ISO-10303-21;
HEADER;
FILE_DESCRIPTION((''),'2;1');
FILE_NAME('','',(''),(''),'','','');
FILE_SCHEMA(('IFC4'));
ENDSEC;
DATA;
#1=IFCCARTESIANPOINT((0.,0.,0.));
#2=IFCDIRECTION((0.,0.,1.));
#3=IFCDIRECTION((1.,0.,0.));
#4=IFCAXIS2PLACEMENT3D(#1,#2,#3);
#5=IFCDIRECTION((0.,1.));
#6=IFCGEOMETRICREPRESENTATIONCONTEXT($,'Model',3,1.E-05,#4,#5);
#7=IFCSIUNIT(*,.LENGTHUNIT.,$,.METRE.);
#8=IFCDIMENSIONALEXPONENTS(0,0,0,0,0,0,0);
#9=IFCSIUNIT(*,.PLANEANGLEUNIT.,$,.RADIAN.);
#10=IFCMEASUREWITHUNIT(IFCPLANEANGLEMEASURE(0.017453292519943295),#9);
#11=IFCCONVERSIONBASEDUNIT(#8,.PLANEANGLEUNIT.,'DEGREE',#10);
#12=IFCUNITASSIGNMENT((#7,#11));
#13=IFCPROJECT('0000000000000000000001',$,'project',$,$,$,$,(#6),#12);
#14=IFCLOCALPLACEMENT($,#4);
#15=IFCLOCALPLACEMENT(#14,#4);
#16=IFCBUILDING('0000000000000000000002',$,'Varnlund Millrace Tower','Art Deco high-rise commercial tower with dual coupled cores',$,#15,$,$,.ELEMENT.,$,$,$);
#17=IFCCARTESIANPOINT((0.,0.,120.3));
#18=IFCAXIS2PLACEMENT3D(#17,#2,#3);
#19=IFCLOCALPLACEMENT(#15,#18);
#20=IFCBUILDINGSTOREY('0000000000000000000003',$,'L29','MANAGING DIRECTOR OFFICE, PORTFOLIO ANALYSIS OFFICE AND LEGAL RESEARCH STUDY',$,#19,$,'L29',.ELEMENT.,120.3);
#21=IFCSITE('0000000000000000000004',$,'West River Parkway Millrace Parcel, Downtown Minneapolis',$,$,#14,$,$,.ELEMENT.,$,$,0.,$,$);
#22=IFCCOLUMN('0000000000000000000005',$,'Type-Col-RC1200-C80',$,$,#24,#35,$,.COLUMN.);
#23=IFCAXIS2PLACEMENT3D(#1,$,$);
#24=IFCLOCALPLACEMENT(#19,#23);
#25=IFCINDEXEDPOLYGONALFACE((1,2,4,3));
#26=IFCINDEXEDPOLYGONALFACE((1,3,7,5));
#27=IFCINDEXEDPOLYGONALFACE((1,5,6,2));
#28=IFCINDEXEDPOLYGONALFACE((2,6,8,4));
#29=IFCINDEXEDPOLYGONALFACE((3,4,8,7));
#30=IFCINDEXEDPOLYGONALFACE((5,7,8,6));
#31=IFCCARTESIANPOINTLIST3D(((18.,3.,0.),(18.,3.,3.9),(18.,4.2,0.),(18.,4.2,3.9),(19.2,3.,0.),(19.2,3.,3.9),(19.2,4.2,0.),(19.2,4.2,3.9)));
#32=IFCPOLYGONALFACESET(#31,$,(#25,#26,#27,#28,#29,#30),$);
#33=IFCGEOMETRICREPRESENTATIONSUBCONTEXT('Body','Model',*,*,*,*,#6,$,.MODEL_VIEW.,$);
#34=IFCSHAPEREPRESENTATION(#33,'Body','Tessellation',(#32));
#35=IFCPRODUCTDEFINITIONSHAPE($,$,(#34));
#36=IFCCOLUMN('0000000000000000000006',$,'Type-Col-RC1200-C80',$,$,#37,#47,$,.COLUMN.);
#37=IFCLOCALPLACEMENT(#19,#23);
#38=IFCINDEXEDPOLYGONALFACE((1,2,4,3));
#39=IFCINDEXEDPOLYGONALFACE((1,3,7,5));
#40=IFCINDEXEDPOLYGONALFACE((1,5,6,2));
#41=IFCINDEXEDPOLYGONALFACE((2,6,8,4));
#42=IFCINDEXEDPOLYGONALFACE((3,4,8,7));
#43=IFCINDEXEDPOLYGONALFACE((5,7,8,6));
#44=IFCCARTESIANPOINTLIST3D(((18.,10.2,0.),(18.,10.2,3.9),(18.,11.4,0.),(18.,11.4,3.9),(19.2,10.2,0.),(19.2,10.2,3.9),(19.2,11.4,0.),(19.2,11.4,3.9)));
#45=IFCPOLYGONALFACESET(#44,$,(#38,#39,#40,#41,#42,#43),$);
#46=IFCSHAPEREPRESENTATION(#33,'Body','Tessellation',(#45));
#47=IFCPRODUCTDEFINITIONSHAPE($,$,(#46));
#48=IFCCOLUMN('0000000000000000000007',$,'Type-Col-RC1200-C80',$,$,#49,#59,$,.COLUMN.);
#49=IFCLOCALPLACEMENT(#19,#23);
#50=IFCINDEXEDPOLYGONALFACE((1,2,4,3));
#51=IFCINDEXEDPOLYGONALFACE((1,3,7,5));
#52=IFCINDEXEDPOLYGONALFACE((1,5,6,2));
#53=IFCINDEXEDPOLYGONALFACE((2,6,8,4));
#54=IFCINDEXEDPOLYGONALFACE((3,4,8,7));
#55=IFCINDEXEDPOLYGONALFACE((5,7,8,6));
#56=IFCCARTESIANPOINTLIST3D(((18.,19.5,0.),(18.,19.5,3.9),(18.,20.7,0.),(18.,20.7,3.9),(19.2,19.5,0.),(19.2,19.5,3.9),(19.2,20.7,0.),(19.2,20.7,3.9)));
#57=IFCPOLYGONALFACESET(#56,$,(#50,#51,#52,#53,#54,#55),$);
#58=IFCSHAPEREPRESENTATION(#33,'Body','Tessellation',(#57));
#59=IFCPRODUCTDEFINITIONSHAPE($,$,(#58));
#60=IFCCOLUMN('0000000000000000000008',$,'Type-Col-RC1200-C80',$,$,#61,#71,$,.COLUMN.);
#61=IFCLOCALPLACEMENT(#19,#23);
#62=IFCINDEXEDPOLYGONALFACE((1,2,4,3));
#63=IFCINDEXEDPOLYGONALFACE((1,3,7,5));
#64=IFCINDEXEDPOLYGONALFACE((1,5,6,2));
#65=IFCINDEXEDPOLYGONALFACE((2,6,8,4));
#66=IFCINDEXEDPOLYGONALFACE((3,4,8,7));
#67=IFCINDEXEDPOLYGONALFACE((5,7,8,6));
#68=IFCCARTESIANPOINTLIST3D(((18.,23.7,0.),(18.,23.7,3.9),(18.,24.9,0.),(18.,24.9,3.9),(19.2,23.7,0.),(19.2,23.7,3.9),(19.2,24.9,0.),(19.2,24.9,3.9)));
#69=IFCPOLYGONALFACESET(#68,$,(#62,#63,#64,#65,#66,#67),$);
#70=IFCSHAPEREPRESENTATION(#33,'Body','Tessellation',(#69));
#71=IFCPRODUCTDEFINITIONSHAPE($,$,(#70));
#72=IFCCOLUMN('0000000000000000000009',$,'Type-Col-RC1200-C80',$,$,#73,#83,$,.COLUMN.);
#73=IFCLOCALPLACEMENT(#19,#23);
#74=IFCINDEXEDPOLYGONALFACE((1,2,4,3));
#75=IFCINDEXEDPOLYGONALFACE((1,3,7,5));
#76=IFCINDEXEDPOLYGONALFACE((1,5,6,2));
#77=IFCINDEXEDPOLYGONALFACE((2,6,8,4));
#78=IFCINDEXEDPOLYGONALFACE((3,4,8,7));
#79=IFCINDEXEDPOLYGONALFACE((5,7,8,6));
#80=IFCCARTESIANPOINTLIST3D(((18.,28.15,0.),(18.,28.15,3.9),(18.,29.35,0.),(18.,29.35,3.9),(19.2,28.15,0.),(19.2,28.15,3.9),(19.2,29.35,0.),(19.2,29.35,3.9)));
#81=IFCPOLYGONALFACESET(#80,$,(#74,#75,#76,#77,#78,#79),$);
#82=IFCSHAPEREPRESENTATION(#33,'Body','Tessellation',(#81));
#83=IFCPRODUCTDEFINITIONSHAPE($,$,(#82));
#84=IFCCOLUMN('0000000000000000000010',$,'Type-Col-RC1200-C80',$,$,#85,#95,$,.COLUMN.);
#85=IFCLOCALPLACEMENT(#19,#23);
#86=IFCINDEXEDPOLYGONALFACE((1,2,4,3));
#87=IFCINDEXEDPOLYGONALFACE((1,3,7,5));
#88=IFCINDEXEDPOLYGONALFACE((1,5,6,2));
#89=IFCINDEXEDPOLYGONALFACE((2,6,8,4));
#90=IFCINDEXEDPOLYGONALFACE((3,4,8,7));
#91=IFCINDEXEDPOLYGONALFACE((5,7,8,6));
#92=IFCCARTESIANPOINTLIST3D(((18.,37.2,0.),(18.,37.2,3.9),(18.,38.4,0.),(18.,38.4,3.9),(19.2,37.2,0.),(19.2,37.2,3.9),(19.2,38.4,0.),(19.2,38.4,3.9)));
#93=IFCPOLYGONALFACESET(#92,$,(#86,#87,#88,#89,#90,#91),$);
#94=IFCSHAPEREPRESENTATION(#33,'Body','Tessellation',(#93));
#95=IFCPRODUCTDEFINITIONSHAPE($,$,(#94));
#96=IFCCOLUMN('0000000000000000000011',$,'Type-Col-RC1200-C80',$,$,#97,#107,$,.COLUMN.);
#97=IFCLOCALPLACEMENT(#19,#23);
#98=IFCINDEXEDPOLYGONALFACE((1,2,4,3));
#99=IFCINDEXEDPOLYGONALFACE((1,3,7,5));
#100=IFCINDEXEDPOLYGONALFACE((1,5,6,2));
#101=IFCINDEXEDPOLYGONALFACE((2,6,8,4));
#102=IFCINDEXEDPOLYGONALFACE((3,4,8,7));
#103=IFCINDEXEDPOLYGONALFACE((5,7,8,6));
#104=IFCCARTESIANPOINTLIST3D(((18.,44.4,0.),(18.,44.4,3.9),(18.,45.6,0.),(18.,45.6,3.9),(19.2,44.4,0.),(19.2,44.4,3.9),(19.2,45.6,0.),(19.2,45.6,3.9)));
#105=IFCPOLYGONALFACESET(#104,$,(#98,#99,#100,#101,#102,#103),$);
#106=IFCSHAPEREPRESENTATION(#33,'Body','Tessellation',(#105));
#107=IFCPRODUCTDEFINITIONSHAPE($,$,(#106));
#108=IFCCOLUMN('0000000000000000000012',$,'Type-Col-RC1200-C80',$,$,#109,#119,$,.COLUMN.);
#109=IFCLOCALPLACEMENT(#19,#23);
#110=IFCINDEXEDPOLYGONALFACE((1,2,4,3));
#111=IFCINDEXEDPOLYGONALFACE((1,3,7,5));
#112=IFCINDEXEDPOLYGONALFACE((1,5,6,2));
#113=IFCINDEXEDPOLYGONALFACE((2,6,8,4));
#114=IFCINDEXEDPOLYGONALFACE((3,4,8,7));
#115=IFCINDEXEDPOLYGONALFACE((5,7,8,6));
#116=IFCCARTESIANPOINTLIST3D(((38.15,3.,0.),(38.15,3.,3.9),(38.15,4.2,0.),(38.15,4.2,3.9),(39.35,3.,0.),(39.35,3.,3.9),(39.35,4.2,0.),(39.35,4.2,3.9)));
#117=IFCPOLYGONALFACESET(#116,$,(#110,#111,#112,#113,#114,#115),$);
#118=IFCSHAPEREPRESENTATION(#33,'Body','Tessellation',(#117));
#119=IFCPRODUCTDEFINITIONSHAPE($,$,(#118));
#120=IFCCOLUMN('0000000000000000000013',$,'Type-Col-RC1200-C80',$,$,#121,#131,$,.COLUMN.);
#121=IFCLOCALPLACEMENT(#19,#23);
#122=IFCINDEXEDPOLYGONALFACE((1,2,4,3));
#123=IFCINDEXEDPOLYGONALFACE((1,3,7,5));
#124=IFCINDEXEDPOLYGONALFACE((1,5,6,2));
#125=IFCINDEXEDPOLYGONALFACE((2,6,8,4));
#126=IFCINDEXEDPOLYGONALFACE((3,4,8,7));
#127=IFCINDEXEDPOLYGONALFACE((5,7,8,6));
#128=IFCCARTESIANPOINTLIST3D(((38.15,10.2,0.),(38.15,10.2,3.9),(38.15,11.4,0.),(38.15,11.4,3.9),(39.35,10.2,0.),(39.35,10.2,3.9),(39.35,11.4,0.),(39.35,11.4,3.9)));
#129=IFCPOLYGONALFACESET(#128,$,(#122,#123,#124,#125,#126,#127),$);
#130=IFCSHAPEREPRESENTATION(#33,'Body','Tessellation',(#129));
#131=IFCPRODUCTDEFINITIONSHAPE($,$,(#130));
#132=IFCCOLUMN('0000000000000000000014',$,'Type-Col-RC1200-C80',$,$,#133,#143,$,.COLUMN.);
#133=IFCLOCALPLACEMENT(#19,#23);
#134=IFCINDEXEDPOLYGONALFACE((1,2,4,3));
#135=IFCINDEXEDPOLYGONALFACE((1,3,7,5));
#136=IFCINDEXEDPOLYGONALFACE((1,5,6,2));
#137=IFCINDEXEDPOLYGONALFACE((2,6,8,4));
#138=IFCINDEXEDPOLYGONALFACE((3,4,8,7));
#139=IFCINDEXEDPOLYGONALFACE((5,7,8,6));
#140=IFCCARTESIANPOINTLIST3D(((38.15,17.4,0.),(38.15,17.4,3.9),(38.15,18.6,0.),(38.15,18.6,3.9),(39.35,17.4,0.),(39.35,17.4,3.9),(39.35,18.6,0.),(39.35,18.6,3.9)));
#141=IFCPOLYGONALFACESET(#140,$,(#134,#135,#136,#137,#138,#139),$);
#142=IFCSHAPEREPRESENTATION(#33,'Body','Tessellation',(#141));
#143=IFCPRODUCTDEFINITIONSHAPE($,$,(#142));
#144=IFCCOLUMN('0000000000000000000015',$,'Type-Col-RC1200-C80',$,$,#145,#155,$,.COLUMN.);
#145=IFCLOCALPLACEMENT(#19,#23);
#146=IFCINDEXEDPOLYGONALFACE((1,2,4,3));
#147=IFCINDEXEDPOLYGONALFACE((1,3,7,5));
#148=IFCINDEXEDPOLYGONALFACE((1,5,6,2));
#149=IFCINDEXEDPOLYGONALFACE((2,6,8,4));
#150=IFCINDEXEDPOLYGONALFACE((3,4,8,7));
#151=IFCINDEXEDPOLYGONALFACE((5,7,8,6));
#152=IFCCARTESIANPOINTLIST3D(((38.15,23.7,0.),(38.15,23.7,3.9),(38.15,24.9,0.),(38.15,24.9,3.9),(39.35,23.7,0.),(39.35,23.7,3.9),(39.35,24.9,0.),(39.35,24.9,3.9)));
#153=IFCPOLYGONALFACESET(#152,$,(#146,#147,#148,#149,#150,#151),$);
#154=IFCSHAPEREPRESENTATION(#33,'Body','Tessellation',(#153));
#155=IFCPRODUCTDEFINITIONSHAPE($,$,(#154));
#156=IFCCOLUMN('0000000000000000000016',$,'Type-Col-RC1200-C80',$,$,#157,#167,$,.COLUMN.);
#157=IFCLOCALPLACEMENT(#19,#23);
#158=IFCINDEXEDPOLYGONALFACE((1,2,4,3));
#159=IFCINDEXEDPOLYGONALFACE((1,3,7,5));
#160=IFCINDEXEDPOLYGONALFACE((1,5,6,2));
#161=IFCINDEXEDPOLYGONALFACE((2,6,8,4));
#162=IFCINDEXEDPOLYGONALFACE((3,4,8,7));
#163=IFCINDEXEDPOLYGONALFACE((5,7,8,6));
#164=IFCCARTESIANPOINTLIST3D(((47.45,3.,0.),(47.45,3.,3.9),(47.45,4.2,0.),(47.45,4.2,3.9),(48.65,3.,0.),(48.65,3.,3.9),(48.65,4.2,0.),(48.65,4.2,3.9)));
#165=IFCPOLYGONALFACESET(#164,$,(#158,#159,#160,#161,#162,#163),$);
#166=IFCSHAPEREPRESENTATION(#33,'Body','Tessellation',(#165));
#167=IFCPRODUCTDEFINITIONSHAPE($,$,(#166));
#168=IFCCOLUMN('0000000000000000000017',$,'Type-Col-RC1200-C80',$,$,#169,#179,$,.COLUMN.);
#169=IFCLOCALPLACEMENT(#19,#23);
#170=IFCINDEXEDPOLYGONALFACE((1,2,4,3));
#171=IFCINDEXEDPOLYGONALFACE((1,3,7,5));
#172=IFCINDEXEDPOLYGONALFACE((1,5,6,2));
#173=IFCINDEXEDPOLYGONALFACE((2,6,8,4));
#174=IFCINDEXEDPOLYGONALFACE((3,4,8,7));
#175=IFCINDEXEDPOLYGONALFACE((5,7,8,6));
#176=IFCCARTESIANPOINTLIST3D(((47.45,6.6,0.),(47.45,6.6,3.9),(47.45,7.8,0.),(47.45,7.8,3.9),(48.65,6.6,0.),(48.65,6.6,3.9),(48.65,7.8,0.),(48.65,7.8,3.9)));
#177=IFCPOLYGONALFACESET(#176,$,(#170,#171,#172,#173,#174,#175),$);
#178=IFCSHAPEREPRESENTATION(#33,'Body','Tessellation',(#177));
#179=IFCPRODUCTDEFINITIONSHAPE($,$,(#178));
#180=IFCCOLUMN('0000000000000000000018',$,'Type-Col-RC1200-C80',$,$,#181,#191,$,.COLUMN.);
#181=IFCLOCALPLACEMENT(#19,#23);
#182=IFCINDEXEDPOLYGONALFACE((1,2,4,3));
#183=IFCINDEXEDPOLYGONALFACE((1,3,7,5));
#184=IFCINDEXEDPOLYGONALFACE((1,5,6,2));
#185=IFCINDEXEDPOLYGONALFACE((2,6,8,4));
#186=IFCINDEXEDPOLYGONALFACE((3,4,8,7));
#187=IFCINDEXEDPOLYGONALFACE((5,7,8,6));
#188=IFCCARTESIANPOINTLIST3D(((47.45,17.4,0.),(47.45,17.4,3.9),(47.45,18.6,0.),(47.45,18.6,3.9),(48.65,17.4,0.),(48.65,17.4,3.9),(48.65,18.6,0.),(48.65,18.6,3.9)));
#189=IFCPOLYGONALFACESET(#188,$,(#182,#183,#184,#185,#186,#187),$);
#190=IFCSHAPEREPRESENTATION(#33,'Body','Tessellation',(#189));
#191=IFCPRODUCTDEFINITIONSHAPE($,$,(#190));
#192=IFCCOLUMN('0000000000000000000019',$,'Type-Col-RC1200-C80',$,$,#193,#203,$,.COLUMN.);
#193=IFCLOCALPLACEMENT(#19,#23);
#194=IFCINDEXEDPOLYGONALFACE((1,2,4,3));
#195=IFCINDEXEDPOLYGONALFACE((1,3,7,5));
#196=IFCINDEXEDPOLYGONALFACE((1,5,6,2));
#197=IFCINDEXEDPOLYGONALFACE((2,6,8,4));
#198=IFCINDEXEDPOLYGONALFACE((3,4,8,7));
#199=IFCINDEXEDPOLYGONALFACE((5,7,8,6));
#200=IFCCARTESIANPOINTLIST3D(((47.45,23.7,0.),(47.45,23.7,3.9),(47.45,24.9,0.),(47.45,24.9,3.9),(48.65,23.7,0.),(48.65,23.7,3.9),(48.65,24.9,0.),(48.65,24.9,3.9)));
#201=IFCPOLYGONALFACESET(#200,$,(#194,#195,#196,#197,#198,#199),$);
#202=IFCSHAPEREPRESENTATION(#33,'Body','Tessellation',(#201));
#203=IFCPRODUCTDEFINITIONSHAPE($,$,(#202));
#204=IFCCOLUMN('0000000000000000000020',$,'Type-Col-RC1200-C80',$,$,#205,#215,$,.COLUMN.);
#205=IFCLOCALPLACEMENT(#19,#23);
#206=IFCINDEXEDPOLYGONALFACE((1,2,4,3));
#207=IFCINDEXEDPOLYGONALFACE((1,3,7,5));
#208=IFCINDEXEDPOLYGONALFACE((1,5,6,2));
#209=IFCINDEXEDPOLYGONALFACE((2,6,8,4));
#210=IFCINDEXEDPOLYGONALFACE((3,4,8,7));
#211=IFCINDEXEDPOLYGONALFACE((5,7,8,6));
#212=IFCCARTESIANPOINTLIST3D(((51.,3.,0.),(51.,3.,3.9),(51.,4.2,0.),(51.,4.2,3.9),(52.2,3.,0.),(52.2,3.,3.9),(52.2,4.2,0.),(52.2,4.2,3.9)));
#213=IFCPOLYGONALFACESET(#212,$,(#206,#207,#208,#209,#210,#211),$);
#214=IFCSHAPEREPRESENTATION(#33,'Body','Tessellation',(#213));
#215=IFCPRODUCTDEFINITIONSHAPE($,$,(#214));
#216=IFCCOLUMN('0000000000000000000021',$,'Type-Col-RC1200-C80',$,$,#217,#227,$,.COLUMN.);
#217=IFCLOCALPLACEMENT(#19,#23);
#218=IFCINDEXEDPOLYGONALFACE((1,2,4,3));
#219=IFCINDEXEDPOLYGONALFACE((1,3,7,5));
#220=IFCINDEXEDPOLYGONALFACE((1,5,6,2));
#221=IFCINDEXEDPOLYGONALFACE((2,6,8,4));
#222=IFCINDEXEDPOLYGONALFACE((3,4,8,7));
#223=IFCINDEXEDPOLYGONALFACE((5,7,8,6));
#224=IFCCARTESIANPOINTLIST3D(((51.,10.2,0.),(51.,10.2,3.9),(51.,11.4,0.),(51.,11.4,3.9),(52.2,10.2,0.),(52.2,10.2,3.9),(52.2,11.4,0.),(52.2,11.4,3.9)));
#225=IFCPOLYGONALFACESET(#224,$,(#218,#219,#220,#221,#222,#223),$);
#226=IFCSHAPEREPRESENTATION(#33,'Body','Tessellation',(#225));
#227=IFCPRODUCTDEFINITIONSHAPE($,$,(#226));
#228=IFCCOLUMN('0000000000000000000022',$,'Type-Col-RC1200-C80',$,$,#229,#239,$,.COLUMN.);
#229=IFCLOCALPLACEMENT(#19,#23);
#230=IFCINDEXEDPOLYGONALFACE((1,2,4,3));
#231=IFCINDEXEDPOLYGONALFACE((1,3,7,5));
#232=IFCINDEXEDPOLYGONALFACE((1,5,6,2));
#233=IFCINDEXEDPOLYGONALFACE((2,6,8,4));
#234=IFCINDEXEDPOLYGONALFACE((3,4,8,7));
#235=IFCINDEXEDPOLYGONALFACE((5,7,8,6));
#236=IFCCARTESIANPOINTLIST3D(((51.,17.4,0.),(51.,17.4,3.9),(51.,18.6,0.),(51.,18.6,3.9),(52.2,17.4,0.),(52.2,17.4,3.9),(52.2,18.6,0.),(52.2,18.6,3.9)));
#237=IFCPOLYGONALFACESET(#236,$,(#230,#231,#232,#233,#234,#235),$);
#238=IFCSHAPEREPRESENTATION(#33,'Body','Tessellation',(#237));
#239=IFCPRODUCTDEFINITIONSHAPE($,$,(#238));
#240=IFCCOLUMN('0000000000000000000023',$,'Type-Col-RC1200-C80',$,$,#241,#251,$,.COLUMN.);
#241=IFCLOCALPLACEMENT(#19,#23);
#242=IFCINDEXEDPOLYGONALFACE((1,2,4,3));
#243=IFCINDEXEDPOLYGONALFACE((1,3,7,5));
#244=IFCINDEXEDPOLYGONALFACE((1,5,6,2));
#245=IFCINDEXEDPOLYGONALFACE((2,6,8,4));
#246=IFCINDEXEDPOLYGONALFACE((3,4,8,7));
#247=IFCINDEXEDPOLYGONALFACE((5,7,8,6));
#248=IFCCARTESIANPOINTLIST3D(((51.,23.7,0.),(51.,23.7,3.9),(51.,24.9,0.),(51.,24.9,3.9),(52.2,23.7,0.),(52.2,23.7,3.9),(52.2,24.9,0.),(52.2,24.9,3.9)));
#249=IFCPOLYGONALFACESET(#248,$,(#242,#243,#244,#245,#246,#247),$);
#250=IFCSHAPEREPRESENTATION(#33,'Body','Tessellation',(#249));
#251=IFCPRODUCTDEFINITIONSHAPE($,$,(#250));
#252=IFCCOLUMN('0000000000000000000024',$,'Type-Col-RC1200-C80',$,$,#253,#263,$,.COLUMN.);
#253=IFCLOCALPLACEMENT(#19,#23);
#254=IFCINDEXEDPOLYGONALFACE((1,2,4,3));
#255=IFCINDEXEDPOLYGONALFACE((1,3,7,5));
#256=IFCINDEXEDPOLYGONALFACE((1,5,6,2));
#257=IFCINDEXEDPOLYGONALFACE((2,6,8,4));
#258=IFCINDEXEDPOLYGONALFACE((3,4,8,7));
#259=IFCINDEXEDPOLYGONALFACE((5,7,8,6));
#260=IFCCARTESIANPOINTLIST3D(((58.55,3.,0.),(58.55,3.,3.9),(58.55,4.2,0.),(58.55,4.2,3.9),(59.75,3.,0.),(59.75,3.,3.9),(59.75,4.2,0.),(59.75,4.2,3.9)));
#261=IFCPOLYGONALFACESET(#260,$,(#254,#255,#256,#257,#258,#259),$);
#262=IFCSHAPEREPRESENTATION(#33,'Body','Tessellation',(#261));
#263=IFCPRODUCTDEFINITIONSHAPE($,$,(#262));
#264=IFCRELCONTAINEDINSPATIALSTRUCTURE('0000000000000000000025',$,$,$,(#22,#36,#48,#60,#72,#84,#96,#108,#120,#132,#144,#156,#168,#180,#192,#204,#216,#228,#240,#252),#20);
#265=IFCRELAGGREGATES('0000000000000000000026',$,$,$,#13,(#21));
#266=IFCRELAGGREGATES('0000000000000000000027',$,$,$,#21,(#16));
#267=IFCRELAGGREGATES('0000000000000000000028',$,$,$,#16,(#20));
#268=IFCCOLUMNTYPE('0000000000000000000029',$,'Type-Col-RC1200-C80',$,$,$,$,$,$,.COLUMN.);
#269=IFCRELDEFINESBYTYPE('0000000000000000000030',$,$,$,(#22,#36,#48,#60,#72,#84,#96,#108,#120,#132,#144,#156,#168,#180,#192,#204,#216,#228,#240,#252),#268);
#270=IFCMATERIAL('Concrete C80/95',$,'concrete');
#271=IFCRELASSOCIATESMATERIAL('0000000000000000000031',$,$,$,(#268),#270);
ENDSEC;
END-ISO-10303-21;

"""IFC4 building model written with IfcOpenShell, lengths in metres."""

from ifc_helpers import new_model, entity, si_unit, converted_unit, direction, frame, origin_with_axes, origin_2d_with_axis, place, context, subcontext, project, spatial, rectangle, extrude, material, material_profile, profile_set, type_object, element, save


model = new_model("IFC4")

# Units and contexts
model_context = context("Model", 3, precision=1e-05, world=origin_with_axes(), true_north=direction((0.0, 1.0)))
body_context = subcontext(model_context, "Body", "Model", "MODEL_VIEW")
ifc_project = project(units=[si_unit("LENGTHUNIT", "METRE"), converted_unit("PLANEANGLEUNIT", "DEGREE", entity("IfcPlaneAngleMeasure", 0.017453292519943295), si_unit("PLANEANGLEUNIT", "RADIAN"), dimensions=[0, 0, 0, 0, 0, 0, 0])], contexts=[model_context])

# Site, building, storey
site_placement = place(None, origin_with_axes())
site = spatial("IfcSite", under=ifc_project, at=site_placement, Name="West River Parkway Millrace Parcel, Downtown Minneapolis", CompositionType="ELEMENT", RefElevation=0.0)
building_placement = place(site_placement, origin_with_axes())
building = spatial("IfcBuilding", under=site, at=building_placement, Name="Varnlund Millrace Tower", Description="Art Deco high-rise commercial tower with dual coupled cores", CompositionType="ELEMENT")
storey_placement = place(building_placement, frame((0.0, 0.0, 120.3), z_axis=(0.0, 0.0, 1.0), x_axis=(1.0, 0.0, 0.0)))
storey = spatial("IfcBuildingStorey", under=building, at=storey_placement, Name="L29", Description="MANAGING DIRECTOR OFFICE, PORTFOLIO ANALYSIS OFFICE AND LEGAL RESEARCH STUDY", LongName="L29", CompositionType="ELEMENT", Elevation=120.3)

# Columns
ifc_material_1 = material(Name="Concrete C80/95", Category="concrete")
ifc_material_profile = material_profile(ifc_material_1, rectangle(XDim=1.2, YDim=1.2, at=origin_2d_with_axis()), Name="Concrete C80/95")
ifc_profile_set = profile_set([ifc_material_profile], Name="Concrete C80/95")
column_type = type_object("IfcColumnType", Name="Type-Col-RC1200-C80", PredefinedType="COLUMN", material=ifc_profile_set)
for number, where, z_axis, x_axis, name in (
    (1, (18.6, 3.6, 0.0), (0.0, 0.0, 1.0), (1.0, 0.0, 0.0), "Type-Col-RC1200-C80"),
    (2, (18.6, 10.8, 0.0), (0.0, 0.0, 1.0), (1.0, 0.0, 0.0), "Type-Col-RC1200-C80"),
    (3, (18.6, 20.1, 0.0), (0.0, 0.0, 1.0), (1.0, 0.0, 0.0), "Type-Col-RC1200-C80"),
    (4, (18.6, 24.3, 0.0), (0.0, 0.0, 1.0), (1.0, 0.0, 0.0), "Type-Col-RC1200-C80"),
    (5, (18.6, 28.75, 0.0), (0.0, 0.0, 1.0), (1.0, 0.0, 0.0), "Type-Col-RC1200-C80"),
    (6, (18.6, 37.8, 0.0), (0.0, 0.0, 1.0), (1.0, 0.0, 0.0), "Type-Col-RC1200-C80"),
    (7, (18.6, 45.0, 0.0), (0.0, 0.0, 1.0), (1.0, 0.0, 0.0), "Type-Col-RC1200-C80"),
    (8, (38.75, 3.6, 0.0), (0.0, 0.0, 1.0), (1.0, 0.0, 0.0), "Type-Col-RC1200-C80"),
    (9, (38.75, 10.8, 0.0), (0.0, 0.0, 1.0), (1.0, 0.0, 0.0), "Type-Col-RC1200-C80"),
    (10, (38.75, 18.0, 0.0), (0.0, 0.0, 1.0), (1.0, 0.0, 0.0), "Type-Col-RC1200-C80"),
    (11, (38.75, 24.3, 0.0), (0.0, 0.0, 1.0), (1.0, 0.0, 0.0), "Type-Col-RC1200-C80"),
    (12, (48.05, 3.6, 0.0), (0.0, 0.0, 1.0), (1.0, 0.0, 0.0), "Type-Col-RC1200-C80"),
    (13, (48.05, 7.2, 0.0), (0.0, 0.0, 1.0), (1.0, 0.0, 0.0), "Type-Col-RC1200-C80"),
    (14, (48.05, 18.0, 0.0), (0.0, 0.0, 1.0), (1.0, 0.0, 0.0), "Type-Col-RC1200-C80"),
    (15, (48.05, 24.3, 0.0), (0.0, 0.0, 1.0), (1.0, 0.0, 0.0), "Type-Col-RC1200-C80"),
    (16, (51.6, 3.6, 0.0), (0.0, 0.0, 1.0), (1.0, 0.0, 0.0), "Type-Col-RC1200-C80"),
    (17, (51.6, 10.8, 0.0), (0.0, 0.0, 1.0), (1.0, 0.0, 0.0), "Type-Col-RC1200-C80"),
    (18, (51.6, 18.0, 0.0), (0.0, 0.0, 1.0), (1.0, 0.0, 0.0), "Type-Col-RC1200-C80"),
    (19, (51.6, 24.3, 0.0), (0.0, 0.0, 1.0), (1.0, 0.0, 0.0), "Type-Col-RC1200-C80"),
    (20, (59.15, 3.6, 0.0), (0.0, 0.0, 1.0), (1.0, 0.0, 0.0), "Type-Col-RC1200-C80"),
):
    element("IfcColumn", number, at=place(storey_placement, frame(where, z_axis=z_axis, x_axis=x_axis)), inside=storey, type_object=column_type, Name=name, PredefinedType="COLUMN", context=body_context, shape_type="SweptSolid", body=[
        extrude(rectangle(XDim=1.2, YDim=1.2, at=origin_2d_with_axis()), origin_with_axes(), (0.0, 0.0, 1.0), 3.9),
    ])

save(model, "model.ifc")
